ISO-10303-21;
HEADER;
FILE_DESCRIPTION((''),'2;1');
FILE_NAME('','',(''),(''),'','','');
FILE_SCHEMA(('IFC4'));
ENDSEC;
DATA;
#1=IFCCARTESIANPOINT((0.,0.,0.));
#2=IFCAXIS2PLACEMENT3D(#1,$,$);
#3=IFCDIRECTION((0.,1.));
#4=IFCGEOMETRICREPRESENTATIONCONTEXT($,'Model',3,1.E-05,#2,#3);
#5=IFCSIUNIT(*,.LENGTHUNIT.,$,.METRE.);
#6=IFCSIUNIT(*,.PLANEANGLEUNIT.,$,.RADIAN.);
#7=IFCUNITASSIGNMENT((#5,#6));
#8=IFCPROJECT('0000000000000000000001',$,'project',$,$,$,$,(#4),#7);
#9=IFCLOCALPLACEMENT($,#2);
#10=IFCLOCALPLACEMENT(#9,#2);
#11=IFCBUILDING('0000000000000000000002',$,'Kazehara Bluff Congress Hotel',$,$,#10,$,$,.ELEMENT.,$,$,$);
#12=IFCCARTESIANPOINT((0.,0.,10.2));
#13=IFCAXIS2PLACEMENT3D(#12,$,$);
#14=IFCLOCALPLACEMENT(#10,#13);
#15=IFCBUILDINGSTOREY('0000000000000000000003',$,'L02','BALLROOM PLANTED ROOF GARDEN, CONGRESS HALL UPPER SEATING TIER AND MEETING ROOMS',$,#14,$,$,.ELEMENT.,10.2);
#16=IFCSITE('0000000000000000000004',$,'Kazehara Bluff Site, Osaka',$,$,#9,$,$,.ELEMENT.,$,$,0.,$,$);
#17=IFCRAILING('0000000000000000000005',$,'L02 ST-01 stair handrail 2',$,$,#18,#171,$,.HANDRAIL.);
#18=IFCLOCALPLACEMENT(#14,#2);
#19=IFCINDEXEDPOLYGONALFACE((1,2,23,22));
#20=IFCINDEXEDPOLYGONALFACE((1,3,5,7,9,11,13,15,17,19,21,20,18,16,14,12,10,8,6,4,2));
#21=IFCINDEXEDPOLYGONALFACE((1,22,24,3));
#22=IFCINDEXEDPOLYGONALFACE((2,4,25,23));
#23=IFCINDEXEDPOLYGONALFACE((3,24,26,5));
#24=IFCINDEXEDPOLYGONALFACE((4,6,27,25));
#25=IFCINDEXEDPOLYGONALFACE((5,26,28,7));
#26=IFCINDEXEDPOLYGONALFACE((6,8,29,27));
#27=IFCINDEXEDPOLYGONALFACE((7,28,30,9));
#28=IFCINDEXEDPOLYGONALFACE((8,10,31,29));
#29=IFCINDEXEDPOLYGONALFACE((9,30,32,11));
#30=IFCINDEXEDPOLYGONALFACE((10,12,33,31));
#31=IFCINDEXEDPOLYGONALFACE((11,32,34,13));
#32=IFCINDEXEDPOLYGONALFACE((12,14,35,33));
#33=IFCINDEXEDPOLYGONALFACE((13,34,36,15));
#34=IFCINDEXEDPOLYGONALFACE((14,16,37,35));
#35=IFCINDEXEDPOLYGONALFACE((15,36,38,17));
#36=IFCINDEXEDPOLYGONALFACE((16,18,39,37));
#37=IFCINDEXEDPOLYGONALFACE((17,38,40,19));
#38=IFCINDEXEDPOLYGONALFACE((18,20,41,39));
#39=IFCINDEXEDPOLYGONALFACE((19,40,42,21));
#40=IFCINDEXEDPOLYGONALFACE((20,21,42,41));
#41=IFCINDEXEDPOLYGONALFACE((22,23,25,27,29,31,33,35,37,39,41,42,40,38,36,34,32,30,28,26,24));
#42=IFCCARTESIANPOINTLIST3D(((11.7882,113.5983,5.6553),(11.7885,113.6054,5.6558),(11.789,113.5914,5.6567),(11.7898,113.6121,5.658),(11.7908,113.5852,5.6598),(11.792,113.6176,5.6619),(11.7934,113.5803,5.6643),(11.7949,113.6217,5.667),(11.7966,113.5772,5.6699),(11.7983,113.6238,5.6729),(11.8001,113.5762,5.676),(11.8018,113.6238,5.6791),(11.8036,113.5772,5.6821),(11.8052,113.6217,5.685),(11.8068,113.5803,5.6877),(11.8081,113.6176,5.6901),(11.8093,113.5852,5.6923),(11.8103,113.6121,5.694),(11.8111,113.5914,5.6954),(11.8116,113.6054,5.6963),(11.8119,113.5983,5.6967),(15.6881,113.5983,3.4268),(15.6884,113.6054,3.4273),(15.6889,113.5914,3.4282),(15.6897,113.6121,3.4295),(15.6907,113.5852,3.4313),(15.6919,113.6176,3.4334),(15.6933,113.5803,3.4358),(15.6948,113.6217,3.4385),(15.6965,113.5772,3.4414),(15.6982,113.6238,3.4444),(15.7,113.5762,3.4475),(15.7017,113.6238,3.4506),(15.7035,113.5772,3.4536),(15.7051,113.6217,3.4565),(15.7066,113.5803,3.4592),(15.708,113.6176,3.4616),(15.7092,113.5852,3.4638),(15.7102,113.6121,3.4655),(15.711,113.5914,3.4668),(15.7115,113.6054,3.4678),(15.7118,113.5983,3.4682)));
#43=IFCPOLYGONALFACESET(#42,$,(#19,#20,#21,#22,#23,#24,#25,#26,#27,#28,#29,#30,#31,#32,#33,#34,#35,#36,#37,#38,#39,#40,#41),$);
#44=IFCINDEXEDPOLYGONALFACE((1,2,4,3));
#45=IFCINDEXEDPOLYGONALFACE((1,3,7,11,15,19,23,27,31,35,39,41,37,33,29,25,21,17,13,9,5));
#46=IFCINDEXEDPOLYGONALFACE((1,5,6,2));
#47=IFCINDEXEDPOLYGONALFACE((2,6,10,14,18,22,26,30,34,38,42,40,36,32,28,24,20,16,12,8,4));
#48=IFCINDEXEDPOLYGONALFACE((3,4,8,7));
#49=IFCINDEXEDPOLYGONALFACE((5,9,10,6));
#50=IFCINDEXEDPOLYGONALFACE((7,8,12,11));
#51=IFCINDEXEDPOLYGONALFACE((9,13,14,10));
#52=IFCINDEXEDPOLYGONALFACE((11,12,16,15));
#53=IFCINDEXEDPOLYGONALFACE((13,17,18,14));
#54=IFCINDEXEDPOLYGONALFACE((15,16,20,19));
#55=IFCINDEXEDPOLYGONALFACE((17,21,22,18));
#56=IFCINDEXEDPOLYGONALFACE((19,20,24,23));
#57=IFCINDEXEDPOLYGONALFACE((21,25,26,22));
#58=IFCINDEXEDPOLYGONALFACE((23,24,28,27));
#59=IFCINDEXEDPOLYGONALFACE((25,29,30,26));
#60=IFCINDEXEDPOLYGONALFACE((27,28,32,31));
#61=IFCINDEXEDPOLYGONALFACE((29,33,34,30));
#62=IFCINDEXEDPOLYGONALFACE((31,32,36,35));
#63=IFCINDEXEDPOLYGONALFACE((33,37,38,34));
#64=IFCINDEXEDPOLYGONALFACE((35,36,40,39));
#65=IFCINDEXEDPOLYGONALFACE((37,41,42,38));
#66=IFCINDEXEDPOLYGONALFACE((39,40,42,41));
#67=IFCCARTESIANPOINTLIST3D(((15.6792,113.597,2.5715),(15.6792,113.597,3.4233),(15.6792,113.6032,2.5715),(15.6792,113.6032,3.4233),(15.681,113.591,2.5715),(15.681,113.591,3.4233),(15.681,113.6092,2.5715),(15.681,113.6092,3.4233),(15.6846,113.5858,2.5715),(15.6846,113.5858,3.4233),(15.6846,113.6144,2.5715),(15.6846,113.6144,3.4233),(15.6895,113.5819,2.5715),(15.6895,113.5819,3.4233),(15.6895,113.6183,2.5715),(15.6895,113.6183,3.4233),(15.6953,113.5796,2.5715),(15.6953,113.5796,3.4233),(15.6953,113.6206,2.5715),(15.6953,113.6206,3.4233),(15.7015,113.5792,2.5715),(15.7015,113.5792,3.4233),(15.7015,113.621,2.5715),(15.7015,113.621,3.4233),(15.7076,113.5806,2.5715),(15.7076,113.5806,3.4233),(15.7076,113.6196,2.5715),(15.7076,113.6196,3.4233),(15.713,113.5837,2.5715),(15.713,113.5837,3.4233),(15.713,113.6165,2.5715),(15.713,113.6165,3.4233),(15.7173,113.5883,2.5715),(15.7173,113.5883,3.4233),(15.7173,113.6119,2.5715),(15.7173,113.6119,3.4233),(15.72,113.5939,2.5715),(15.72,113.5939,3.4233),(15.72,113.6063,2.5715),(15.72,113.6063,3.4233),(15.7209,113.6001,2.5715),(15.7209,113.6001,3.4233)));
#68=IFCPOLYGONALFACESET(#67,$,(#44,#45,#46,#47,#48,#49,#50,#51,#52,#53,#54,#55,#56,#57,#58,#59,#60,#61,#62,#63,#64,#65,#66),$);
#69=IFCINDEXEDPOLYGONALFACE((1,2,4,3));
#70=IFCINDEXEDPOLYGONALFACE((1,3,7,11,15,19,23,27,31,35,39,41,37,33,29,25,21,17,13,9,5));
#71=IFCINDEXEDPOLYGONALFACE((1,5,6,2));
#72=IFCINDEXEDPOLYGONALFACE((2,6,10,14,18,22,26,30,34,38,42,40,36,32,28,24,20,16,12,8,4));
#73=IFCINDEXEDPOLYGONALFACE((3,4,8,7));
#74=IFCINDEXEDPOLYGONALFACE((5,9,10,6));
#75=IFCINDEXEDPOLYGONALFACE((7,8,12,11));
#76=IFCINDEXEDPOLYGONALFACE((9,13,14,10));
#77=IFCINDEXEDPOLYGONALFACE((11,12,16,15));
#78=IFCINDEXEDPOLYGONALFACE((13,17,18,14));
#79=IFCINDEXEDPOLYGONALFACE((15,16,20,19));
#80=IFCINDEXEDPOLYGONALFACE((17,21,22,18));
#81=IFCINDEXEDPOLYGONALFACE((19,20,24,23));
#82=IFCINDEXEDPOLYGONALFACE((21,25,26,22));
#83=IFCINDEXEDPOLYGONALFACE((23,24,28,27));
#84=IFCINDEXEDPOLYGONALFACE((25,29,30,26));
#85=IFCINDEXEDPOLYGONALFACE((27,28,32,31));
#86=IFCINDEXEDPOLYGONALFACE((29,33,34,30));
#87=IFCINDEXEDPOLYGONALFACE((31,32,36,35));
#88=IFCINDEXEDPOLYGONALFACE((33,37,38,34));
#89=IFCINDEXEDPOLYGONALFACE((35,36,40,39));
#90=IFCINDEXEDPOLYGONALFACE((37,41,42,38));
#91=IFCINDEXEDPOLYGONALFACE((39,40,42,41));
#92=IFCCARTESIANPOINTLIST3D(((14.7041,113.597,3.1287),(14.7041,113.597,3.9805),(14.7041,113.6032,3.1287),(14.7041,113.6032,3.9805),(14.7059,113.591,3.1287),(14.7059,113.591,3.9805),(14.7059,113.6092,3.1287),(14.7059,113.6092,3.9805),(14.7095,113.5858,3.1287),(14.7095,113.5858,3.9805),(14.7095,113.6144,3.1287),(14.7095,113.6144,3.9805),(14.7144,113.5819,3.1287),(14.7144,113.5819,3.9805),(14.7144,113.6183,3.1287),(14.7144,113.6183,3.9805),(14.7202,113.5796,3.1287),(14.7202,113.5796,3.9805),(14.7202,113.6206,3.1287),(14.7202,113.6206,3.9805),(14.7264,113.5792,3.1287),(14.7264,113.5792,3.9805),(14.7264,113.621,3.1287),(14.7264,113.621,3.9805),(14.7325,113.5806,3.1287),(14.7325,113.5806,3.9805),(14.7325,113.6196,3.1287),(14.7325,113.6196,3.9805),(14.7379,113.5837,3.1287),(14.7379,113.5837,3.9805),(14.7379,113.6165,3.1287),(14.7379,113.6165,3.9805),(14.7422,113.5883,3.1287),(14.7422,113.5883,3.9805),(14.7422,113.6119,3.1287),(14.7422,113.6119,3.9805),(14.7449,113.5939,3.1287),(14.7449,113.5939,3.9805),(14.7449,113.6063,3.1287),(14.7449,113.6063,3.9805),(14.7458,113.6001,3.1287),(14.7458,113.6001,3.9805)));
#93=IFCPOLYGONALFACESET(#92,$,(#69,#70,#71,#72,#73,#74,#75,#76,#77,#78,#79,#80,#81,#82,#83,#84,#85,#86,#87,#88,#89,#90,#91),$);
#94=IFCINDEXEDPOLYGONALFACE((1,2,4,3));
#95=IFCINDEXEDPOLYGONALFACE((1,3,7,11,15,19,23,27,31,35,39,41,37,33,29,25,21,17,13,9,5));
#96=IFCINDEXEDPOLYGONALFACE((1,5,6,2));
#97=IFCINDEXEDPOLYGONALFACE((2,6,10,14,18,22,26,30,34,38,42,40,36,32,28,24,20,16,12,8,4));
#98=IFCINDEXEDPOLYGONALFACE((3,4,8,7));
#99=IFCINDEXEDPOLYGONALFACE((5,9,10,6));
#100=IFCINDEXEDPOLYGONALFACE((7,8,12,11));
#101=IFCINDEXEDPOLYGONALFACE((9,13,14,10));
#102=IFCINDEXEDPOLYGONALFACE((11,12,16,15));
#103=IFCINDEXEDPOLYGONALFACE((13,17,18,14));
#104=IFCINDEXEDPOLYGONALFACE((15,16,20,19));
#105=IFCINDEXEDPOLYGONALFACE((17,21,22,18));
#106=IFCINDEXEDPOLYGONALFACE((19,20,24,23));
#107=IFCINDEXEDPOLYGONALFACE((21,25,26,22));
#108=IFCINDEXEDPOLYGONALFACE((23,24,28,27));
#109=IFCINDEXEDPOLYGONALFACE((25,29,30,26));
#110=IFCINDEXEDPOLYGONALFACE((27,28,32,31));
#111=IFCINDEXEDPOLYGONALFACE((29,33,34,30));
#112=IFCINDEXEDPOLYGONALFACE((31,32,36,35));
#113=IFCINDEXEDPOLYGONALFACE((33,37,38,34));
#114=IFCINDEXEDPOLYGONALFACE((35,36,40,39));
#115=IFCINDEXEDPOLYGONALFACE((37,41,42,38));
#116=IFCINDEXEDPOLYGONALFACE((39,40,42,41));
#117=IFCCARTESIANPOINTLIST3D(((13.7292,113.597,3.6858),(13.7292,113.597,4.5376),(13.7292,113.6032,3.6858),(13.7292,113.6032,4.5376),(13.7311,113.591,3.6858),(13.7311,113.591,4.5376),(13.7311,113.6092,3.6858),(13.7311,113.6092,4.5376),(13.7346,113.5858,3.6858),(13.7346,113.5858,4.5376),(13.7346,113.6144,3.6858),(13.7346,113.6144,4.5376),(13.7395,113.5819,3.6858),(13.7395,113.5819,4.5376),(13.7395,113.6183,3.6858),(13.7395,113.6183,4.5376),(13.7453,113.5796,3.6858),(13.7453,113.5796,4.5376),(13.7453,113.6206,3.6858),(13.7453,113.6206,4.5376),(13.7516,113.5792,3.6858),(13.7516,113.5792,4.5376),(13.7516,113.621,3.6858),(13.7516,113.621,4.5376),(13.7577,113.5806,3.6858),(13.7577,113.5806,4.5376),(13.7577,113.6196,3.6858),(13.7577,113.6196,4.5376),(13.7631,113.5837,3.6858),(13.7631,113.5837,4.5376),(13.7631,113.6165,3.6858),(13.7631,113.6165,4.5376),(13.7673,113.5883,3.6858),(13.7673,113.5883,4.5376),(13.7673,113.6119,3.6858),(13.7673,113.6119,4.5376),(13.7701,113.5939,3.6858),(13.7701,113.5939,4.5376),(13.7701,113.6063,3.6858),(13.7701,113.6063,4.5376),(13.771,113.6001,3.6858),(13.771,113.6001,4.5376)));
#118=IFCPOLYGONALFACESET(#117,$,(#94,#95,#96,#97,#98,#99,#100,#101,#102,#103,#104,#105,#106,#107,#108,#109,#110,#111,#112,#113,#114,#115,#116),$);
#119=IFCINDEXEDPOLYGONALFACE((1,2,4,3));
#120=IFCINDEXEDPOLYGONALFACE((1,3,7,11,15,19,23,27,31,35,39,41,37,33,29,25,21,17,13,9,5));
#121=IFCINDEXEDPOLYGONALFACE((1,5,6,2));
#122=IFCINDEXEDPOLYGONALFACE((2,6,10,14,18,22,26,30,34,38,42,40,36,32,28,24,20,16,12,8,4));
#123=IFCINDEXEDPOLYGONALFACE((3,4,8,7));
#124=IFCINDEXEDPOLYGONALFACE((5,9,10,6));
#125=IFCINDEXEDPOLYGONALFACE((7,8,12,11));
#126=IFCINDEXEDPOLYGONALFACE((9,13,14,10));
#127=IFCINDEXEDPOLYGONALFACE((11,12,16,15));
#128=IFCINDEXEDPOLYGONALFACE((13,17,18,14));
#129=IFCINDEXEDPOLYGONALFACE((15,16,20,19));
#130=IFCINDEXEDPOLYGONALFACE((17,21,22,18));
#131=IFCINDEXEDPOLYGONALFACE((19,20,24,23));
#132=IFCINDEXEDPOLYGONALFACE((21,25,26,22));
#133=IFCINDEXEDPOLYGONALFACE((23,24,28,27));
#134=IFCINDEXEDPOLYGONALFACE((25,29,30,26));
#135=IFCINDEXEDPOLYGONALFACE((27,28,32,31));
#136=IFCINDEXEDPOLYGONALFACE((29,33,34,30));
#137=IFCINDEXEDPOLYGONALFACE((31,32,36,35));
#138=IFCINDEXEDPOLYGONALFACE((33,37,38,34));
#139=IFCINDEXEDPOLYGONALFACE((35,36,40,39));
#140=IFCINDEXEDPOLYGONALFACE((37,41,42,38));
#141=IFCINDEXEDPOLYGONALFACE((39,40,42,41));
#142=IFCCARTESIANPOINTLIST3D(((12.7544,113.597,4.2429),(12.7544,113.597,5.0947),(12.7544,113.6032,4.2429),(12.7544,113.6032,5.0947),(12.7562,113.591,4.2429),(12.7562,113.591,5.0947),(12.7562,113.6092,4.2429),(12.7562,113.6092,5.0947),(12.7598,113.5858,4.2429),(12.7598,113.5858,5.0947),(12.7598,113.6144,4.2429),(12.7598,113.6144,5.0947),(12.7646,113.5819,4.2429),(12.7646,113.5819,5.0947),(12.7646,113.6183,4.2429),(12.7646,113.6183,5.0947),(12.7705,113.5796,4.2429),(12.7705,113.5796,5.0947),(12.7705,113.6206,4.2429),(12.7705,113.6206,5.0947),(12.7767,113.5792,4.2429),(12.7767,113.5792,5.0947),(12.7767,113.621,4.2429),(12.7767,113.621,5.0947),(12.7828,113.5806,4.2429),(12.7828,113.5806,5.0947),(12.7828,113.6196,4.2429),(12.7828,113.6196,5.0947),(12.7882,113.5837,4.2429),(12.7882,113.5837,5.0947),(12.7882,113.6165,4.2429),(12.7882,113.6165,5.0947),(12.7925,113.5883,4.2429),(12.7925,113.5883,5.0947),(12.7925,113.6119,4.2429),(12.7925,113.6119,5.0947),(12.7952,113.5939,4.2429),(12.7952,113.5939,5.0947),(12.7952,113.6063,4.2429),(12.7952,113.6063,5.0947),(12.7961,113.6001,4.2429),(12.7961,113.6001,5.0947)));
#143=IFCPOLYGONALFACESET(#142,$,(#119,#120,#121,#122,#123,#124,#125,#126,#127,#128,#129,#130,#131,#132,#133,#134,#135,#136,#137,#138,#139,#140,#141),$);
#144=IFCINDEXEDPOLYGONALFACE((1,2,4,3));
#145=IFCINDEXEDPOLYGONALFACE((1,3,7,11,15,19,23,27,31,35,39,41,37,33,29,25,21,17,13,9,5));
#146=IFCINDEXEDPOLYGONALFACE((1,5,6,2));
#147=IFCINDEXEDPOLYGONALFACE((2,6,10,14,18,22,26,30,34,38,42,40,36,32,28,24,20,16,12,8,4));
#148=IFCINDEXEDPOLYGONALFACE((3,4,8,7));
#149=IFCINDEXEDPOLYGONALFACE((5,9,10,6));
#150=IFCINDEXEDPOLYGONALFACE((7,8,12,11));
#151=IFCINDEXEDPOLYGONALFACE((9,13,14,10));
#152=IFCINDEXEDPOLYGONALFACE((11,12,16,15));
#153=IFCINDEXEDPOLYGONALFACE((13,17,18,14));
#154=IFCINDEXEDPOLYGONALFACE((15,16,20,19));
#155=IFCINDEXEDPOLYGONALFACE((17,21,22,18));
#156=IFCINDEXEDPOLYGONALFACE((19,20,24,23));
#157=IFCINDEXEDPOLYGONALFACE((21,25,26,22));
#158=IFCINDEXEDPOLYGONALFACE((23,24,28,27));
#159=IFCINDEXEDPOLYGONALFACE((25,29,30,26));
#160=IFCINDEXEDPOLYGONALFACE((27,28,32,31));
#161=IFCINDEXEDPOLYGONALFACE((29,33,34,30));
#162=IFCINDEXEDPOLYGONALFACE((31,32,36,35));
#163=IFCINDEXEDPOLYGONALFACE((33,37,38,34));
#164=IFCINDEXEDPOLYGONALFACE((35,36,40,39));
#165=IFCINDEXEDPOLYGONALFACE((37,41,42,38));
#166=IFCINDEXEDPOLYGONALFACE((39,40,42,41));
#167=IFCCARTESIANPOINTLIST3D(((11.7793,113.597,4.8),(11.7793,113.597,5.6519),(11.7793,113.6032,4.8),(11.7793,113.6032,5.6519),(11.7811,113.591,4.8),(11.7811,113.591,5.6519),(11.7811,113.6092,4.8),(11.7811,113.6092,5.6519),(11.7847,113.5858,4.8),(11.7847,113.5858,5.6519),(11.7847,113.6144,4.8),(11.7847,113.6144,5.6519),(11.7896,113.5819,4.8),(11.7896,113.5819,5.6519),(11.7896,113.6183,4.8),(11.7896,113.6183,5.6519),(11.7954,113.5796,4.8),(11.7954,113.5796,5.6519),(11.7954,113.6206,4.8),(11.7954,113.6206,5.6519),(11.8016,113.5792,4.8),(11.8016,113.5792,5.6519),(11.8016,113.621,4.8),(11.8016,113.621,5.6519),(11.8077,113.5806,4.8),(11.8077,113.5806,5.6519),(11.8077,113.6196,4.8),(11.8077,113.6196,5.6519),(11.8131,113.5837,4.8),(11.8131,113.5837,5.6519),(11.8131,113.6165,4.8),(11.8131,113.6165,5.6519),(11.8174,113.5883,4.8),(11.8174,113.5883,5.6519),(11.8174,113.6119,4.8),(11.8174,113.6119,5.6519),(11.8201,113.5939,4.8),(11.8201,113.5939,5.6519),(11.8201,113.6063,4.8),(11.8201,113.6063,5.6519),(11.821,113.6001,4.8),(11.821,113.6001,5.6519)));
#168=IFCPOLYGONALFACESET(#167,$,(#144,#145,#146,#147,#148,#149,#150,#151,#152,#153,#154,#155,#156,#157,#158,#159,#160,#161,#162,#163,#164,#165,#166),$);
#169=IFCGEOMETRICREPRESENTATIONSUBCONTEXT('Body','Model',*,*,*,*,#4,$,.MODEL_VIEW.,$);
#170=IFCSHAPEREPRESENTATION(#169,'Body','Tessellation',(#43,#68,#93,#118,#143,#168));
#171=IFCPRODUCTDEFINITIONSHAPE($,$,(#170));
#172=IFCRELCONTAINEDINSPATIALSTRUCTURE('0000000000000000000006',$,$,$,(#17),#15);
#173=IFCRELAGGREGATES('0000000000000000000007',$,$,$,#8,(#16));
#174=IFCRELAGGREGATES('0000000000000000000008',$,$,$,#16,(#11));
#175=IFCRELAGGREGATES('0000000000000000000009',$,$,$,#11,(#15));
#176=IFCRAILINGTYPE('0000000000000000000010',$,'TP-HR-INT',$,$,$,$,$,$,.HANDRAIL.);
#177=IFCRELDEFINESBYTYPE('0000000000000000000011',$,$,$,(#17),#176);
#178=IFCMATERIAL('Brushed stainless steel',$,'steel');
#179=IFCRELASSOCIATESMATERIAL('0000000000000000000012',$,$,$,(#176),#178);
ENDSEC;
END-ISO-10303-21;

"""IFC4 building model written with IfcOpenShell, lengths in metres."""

from ifc_helpers import new_model, si_unit, direction, frame, origin, origin_2d, place, context, subcontext, project, spatial, circle, extrude, material, type_object, element, save


model = new_model("IFC4")

# Units and contexts
model_context = context("Model", 3, precision=1e-05, world=origin(), true_north=direction((0.0, 1.0)))
body_context = subcontext(model_context, "Body", "Model", "MODEL_VIEW")
ifc_project = project(units=[si_unit("LENGTHUNIT", "METRE"), si_unit("PLANEANGLEUNIT", "RADIAN")], contexts=[model_context])

# Site, building, storey
site_placement = place(None, origin())
site = spatial("IfcSite", under=ifc_project, at=site_placement, Name="Kazehara Bluff Site, Osaka", CompositionType="ELEMENT", RefElevation=0.0)
building_placement = place(site_placement, origin())
building = spatial("IfcBuilding", under=site, at=building_placement, Name="Kazehara Bluff Congress Hotel", CompositionType="ELEMENT")
storey_placement = place(building_placement, frame((0.0, 0.0, 10.2)))
storey = spatial("IfcBuildingStorey", under=building, at=storey_placement, Name="L02", Description="BALLROOM PLANTED ROOF GARDEN, CONGRESS HALL UPPER SEATING TIER AND MEETING ROOMS", CompositionType="ELEMENT", Elevation=10.2)

# Railing
ifc_material_1 = material(Name="Brushed stainless steel", Category="steel")
railing_type_1 = type_object("IfcRailingType", Name="TP-HR-INT", PredefinedType="HANDRAIL", material=ifc_material_1)
railing_1_placement = place(storey_placement, frame((15.7, 113.6001, 2.5715)))
element("IfcRailing", 1, at=railing_1_placement, inside=storey, type_object=railing_type_1, Name="L02 ST-01 stair handrail 2", PredefinedType="HANDRAIL", context=body_context, shape_type="SweptSolid", body=[
    extrude(circle(Radius=0.0239, at=origin_2d()), frame((0.0, 0.0, 0.876), z_axis=(-0.868243, 0.0, 0.496139), x_axis=(0.0, -1.0, 0.0)), (0.0, 0.0, 1.0), 4.4917),
    extrude(circle(Radius=0.021, at=origin_2d()), origin(), (0.0, 0.0, 1.0), 0.8518),
    extrude(circle(Radius=0.021, at=origin_2d()), frame((-0.9751, 0.0, 0.5571)), (0.0, 0.0, 1.0), 0.8518),
    extrude(circle(Radius=0.021, at=origin_2d()), frame((-1.95, 0.0, 1.1143)), (0.0, 0.0, 1.0), 0.8518),
    extrude(circle(Radius=0.021, at=origin_2d()), frame((-2.9248, 0.0, 1.6714)), (0.0, 0.0, 1.0), 0.8518),
    extrude(circle(Radius=0.021, at=origin_2d()), frame((-3.8999, 0.0, 2.2285)), (0.0, 0.0, 1.0), 0.8518),
])

save(model, "model.ifc")
